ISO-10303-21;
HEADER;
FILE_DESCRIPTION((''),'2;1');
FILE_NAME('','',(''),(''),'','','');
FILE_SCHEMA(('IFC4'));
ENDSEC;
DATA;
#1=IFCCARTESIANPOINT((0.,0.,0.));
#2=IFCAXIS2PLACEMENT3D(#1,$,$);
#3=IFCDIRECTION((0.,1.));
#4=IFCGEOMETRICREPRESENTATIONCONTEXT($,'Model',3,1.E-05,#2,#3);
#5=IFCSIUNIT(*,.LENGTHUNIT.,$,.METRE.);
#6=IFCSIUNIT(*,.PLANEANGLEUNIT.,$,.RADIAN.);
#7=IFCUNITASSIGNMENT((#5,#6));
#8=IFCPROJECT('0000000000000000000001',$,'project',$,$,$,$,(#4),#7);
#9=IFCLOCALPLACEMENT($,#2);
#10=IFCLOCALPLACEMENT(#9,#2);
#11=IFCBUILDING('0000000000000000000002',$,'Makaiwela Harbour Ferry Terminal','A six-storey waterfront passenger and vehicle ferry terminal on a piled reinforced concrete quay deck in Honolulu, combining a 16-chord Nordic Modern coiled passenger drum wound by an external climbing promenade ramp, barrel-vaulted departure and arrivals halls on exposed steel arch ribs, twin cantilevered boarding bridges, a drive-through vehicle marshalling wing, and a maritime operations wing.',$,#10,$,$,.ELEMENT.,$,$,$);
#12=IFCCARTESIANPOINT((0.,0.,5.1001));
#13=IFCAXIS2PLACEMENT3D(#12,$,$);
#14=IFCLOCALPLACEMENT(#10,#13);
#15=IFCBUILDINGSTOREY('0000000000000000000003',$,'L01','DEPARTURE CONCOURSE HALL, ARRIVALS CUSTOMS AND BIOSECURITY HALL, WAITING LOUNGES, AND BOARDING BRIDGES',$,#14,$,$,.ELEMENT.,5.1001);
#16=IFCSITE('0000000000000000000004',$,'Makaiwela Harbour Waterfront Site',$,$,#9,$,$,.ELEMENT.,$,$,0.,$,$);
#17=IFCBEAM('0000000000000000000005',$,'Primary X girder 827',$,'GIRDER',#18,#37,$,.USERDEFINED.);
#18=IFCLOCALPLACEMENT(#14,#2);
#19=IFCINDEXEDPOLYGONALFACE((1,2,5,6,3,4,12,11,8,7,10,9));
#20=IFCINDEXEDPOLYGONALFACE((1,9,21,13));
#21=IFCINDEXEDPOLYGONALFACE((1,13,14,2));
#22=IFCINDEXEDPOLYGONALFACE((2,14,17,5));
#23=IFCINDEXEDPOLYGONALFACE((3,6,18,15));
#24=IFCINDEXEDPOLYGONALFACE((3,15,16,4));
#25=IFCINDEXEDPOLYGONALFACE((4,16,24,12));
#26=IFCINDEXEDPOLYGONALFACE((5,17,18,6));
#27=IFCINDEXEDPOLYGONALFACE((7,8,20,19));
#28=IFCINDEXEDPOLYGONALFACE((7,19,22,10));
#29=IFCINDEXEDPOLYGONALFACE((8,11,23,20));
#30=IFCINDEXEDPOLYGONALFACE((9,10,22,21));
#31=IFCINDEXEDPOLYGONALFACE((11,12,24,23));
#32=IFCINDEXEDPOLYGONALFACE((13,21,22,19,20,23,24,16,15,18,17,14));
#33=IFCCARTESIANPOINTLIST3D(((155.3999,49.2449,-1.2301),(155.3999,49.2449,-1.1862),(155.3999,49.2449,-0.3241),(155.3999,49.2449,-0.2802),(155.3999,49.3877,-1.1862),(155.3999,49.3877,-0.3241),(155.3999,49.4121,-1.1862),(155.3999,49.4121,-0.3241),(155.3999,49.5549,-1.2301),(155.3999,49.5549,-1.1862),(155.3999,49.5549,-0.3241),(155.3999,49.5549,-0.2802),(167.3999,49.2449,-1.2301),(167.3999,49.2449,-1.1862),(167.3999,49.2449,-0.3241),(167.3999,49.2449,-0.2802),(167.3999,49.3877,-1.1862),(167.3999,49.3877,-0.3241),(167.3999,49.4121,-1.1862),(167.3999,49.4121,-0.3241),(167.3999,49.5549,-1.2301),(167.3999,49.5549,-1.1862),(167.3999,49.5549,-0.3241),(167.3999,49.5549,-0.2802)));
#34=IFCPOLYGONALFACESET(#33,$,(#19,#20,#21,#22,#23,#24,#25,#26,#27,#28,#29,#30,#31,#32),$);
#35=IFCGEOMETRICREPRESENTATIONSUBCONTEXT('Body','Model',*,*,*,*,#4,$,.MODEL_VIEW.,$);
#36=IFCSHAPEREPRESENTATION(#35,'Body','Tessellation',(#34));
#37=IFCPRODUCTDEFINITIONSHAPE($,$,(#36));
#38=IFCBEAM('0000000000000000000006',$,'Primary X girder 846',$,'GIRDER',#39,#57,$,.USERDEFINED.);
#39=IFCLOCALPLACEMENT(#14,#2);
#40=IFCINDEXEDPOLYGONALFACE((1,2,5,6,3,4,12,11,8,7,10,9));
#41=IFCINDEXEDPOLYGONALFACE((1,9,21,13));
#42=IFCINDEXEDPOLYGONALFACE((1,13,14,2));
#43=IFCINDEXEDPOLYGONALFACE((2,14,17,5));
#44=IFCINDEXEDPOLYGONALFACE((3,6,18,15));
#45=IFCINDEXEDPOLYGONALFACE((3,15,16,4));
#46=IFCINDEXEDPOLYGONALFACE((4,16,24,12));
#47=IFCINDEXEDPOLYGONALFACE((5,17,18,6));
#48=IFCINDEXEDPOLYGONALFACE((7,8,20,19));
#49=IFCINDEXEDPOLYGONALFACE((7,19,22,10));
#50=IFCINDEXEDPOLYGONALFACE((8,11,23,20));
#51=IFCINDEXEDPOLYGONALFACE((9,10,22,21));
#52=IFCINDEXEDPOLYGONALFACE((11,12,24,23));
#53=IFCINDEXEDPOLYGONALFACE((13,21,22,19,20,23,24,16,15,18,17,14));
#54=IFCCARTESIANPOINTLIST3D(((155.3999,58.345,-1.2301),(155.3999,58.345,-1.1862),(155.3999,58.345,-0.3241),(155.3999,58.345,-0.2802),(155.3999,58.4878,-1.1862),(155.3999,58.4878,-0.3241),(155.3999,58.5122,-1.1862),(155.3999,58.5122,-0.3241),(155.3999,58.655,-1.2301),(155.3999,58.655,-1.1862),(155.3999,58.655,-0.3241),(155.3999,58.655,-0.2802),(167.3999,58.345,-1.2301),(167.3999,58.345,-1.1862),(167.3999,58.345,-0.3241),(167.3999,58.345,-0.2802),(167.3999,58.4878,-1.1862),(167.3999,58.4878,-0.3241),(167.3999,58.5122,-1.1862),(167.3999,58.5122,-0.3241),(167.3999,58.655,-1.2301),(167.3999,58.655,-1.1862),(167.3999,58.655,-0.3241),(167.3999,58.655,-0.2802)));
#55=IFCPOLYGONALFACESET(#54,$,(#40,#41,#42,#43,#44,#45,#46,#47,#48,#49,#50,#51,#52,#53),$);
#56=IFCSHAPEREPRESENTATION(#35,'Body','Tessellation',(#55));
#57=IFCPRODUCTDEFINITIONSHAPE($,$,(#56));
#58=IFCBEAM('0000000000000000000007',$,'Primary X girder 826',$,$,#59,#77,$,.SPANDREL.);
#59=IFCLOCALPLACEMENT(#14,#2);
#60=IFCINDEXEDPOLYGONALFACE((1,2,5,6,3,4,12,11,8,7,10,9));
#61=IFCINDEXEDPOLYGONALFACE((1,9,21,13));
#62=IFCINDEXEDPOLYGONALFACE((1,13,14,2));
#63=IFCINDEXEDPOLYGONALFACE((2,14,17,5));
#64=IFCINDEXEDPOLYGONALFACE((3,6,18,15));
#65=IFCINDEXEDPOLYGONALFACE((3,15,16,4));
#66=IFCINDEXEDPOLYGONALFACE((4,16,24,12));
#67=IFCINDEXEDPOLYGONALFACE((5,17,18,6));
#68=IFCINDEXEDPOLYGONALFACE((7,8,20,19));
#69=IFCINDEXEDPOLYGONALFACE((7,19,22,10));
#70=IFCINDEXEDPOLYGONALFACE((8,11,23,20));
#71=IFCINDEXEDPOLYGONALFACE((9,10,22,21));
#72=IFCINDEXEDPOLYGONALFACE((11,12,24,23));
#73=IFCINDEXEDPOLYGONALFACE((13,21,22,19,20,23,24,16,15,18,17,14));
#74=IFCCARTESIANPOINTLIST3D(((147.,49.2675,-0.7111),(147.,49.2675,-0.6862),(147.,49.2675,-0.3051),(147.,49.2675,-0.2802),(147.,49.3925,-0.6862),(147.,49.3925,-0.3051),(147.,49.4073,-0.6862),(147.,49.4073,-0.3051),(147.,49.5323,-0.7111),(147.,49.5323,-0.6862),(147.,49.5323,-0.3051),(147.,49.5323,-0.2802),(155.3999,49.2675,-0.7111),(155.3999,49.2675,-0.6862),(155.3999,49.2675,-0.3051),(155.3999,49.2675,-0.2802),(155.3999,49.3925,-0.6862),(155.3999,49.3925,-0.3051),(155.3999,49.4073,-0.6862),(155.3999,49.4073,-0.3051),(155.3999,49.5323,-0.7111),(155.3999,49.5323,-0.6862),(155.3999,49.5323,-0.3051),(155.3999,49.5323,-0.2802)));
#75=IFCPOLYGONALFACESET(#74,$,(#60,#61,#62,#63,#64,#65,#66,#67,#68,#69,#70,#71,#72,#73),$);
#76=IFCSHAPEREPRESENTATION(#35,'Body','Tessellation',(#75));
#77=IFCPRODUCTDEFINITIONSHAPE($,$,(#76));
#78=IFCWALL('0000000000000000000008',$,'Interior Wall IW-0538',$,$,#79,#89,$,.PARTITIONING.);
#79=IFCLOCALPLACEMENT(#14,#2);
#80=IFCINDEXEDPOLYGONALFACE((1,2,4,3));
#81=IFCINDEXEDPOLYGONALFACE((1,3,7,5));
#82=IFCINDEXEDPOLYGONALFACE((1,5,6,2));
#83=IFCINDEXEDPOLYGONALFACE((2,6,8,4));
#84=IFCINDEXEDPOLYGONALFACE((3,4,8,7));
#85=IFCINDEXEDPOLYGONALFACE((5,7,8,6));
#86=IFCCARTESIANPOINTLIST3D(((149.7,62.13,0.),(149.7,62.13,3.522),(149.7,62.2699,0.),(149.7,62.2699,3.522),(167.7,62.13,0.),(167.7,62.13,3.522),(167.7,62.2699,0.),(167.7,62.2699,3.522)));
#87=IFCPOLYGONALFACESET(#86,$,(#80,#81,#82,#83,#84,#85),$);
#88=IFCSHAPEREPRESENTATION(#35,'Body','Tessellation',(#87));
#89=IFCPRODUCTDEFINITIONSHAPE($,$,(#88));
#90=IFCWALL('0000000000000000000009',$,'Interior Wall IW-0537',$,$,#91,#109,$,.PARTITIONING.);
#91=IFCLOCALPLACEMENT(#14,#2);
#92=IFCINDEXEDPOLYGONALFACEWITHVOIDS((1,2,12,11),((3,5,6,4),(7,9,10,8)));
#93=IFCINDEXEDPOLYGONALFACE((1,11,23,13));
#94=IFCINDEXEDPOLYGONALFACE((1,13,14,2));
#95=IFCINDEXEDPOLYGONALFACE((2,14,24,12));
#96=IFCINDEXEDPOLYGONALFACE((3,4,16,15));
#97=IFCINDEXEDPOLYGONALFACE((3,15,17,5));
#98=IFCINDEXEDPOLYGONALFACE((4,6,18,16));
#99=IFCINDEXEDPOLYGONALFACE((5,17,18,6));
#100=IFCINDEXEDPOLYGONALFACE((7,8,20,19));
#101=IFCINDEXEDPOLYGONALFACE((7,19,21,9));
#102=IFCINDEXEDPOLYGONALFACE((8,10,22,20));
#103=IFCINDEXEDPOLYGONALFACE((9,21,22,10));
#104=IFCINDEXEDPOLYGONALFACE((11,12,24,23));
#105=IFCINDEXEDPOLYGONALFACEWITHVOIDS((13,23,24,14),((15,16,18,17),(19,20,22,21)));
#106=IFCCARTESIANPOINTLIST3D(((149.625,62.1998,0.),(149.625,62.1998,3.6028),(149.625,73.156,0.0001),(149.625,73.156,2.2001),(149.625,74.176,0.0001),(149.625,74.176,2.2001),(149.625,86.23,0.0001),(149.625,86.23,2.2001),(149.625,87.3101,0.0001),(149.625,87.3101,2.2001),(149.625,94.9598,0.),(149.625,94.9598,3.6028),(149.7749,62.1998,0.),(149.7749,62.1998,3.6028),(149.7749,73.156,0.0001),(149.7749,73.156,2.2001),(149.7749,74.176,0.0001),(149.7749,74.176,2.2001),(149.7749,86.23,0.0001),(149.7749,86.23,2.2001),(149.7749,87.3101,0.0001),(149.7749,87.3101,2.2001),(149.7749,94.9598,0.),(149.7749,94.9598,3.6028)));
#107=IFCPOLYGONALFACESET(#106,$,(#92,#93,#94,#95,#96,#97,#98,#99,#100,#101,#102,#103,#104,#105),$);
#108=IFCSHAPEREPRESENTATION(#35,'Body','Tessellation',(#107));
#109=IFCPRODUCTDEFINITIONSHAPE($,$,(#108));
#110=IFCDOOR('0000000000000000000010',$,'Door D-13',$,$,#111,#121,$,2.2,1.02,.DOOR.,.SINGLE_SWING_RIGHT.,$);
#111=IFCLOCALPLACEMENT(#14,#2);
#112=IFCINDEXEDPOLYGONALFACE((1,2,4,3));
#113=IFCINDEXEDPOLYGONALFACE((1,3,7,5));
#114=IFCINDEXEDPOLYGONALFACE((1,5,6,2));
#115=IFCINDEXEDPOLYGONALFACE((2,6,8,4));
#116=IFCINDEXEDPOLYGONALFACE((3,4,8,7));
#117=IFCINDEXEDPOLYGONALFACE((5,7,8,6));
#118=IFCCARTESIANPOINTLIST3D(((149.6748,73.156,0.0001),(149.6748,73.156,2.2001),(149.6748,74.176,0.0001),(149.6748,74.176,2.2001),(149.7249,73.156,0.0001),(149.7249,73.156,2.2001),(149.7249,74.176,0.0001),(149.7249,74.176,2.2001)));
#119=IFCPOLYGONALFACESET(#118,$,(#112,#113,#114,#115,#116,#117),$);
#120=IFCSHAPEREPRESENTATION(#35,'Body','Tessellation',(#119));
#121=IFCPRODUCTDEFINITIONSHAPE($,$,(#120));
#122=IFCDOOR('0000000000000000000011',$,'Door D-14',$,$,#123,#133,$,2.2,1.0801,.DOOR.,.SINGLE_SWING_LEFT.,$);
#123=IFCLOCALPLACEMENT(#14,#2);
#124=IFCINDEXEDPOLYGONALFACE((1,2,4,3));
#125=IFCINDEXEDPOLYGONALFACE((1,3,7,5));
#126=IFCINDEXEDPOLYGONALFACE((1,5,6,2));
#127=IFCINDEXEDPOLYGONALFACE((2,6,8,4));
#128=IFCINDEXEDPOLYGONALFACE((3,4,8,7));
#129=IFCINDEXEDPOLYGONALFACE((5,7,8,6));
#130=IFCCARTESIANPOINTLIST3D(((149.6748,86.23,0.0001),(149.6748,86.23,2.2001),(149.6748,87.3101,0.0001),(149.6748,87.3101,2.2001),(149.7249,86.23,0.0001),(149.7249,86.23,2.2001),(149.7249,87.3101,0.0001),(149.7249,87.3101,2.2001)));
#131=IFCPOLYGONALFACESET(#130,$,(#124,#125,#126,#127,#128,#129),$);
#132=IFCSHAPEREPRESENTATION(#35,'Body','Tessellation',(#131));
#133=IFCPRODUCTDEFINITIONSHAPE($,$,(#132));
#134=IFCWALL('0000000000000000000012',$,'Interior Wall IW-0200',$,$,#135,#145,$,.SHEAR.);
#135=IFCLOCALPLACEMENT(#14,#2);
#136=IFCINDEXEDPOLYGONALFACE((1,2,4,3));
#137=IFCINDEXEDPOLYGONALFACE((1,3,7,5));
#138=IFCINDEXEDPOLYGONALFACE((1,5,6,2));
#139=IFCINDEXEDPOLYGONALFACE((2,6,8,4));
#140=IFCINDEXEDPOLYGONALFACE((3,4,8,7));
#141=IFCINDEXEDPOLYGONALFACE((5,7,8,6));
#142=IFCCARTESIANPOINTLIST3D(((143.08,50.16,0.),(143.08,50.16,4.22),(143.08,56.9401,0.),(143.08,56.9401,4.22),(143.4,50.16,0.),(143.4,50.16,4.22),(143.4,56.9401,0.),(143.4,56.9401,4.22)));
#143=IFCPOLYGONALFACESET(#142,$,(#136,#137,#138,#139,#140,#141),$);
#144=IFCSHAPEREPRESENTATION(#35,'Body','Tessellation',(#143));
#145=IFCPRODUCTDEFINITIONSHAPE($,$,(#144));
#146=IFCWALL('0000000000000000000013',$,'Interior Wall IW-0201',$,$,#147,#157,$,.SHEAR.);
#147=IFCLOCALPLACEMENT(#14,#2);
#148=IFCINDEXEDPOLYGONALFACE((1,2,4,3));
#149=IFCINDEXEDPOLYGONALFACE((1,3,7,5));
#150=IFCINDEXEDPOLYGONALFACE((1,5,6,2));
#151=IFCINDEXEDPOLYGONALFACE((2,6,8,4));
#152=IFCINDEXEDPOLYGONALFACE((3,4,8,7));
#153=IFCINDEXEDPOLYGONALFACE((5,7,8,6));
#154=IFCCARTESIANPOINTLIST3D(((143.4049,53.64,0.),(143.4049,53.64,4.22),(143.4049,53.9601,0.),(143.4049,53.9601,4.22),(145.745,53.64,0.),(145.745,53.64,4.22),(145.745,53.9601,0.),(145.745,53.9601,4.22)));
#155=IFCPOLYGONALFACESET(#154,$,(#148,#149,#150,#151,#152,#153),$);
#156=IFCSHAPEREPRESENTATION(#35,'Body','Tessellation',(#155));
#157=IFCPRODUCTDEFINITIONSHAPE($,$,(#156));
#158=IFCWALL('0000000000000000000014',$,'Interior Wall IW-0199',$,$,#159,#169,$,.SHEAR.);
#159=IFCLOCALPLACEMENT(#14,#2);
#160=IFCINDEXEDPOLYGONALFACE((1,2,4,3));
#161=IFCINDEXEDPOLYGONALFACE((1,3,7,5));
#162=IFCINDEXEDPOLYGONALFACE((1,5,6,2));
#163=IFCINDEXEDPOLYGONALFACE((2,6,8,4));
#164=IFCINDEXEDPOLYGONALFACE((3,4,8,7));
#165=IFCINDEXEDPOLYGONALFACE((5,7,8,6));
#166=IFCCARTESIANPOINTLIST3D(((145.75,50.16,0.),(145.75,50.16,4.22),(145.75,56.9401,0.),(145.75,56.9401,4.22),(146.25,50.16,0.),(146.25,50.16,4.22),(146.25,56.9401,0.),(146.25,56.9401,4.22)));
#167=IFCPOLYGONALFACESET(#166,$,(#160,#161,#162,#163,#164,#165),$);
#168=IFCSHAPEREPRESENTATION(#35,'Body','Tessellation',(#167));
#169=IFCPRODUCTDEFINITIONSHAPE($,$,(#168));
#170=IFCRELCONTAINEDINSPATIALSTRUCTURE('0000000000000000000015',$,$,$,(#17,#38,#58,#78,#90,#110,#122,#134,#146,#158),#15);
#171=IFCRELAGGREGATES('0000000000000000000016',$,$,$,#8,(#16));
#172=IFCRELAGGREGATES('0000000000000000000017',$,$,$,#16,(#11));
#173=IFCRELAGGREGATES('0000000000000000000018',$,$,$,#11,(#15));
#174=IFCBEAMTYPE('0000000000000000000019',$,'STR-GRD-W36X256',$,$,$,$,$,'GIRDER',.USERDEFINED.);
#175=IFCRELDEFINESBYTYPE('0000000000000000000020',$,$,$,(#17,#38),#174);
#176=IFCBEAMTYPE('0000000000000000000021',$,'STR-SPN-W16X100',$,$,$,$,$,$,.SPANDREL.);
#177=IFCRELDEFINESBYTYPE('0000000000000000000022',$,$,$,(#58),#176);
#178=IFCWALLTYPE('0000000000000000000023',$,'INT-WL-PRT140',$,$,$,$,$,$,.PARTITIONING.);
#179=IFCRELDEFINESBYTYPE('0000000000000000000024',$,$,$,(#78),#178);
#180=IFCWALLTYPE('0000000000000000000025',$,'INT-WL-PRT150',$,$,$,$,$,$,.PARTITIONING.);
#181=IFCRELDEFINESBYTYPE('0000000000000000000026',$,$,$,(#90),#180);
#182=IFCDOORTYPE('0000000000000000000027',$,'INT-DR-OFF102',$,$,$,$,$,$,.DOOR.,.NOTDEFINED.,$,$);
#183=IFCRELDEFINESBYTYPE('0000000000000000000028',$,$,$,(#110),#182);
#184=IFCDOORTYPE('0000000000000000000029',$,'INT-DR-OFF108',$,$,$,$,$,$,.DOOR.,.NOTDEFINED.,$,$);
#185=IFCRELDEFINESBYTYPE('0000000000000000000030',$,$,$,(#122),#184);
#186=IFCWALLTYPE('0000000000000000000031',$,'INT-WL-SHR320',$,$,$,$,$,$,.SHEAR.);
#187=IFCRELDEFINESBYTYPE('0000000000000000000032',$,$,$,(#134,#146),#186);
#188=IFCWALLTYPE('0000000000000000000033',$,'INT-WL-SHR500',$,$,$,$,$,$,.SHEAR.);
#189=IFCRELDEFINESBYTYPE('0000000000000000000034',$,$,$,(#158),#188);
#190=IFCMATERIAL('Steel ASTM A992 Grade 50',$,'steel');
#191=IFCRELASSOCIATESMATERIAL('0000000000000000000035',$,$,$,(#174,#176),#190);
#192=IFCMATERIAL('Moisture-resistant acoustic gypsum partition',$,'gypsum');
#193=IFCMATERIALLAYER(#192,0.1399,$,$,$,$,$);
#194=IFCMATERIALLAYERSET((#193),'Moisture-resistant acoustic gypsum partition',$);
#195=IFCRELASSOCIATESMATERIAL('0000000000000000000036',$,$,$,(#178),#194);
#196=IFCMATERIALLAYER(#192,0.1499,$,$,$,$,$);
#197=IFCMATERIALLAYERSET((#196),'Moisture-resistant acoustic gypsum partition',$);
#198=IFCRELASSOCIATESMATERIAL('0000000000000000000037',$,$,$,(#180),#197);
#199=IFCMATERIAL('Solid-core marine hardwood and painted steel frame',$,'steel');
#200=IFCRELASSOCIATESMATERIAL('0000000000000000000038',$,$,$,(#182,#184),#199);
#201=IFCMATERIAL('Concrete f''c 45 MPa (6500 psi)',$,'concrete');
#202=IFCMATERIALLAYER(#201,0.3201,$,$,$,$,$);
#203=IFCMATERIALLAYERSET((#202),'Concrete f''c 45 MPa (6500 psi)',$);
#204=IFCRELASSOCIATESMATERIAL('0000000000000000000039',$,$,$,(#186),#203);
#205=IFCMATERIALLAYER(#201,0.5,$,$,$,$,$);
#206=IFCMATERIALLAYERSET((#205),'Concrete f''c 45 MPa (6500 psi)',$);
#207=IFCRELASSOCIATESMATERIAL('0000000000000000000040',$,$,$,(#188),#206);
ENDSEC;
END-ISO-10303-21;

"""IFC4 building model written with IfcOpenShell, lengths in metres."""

from ifc_helpers import new_model, si_unit, direction, frame, frame_2d, origin, origin_2d, place, context, subcontext, project, spatial, rectangle, i_section, extrude, material, layer, layer_set, material_profile, profile_set, type_object, element, fill, save


model = new_model("IFC4")

# Units and contexts
model_context = context("Model", 3, precision=1e-05, world=origin(), true_north=direction((0.0, 1.0)))
body_context = subcontext(model_context, "Body", "Model", "MODEL_VIEW")
ifc_project = project(units=[si_unit("LENGTHUNIT", "METRE"), si_unit("PLANEANGLEUNIT", "RADIAN")], contexts=[model_context])

# Site, building, storey
site_placement = place(None, origin())
site = spatial("IfcSite", under=ifc_project, at=site_placement, Name="Makaiwela Harbour Waterfront Site", CompositionType="ELEMENT", RefElevation=0.0)
building_placement = place(site_placement, origin())
building = spatial("IfcBuilding", under=site, at=building_placement, Name="Makaiwela Harbour Ferry Terminal", Description="A six-storey waterfront passenger and vehicle ferry terminal on a piled reinforced concrete quay deck in Honolulu, combining a 16-chord Nordic Modern coiled passenger drum wound by an external climbing promenade ramp, barrel-vaulted departure and arrivals halls on exposed steel arch ribs, twin cantilevered boarding bridges, a drive-through vehicle marshalling wing, and a maritime operations wing.", CompositionType="ELEMENT")
storey_placement = place(building_placement, frame((0.0, 0.0, 5.1001)))
storey = spatial("IfcBuildingStorey", under=building, at=storey_placement, Name="L01", Description="DEPARTURE CONCOURSE HALL, ARRIVALS CUSTOMS AND BIOSECURITY HALL, WAITING LOUNGES, AND BOARDING BRIDGES", CompositionType="ELEMENT", Elevation=5.1001)

# Shared definitions
ifc_material_1 = material(Name="Steel ASTM A992 Grade 50", Category="steel")

# Beams
ifc_material_profile_1 = material_profile(ifc_material_1, i_section(OverallWidth=0.3101, OverallDepth=0.95, WebThickness=0.0244, FlangeThickness=0.0439, at=origin_2d()), Name="W36X256")
ifc_profile_set_1 = profile_set([ifc_material_profile_1], Name="Steel ASTM A992 Grade 50")
beam_type_1 = type_object("IfcBeamType", Name="STR-GRD-W36X256", ElementType="GIRDER", PredefinedType="USERDEFINED", material=ifc_profile_set_1)
for number, where, z_axis, x_axis, name in (
    (1, (155.3999, 49.3999, -0.7551), (1.0, 0.0, 0.0), (0.0, 1.0, 0.0), "Primary X girder 827"),
    (2, (155.3999, 58.5, -0.7551), (1.0, 0.0, 0.0), (0.0, 1.0, 0.0), "Primary X girder 846"),
):
    element("IfcBeam", number, at=place(storey_placement, frame(where, z_axis=z_axis, x_axis=x_axis)), inside=storey, type_object=beam_type_1, Name=name, ObjectType="GIRDER", PredefinedType="USERDEFINED", context=body_context, shape_type="SweptSolid", body=[
        extrude(i_section(OverallWidth=0.3101, OverallDepth=0.95, WebThickness=0.0244, FlangeThickness=0.0439, at=origin_2d()), origin(), (0.0, 0.0, 1.0), 12.0),
    ])
ifc_material_profile_2 = material_profile(ifc_material_1, i_section(OverallWidth=0.2649, OverallDepth=0.4309, WebThickness=0.0149, FlangeThickness=0.0249, at=origin_2d()), Name="W16X100")
ifc_profile_set_2 = profile_set([ifc_material_profile_2], Name="Steel ASTM A992 Grade 50")
beam_type_2 = type_object("IfcBeamType", Name="STR-SPN-W16X100", PredefinedType="SPANDREL", material=ifc_profile_set_2)
beam_1_placement = place(storey_placement, frame((147.0, 49.3999, -0.4956), z_axis=(1.0, 0.0, 0.0), x_axis=(0.0, 1.0, 0.0)))
element("IfcBeam", 3, at=beam_1_placement, inside=storey, type_object=beam_type_2, Name="Primary X girder 826", PredefinedType="SPANDREL", context=body_context, shape_type="SweptSolid", body=[
    extrude(i_section(OverallWidth=0.2649, OverallDepth=0.4309, WebThickness=0.0149, FlangeThickness=0.0249, at=origin_2d()), origin(), (0.0, 0.0, 1.0), 8.3999),
])

# Wall
ifc_material_2 = material(Name="Moisture-resistant acoustic gypsum partition", Category="gypsum")
ifc_layer_1 = layer(ifc_material_2, 0.1399)
ifc_layer_set_1 = layer_set([ifc_layer_1], Name="Moisture-resistant acoustic gypsum partition")
wall_type_1 = type_object("IfcWallType", Name="INT-WL-PRT140", PredefinedType="PARTITIONING", material=ifc_layer_set_1)
wall_1_placement = place(storey_placement, frame((149.7, 62.2, 0.0), z_axis=(0.0, 0.0, 1.0), x_axis=(1.0, 0.0, 0.0)))
element("IfcWall", 4, at=wall_1_placement, inside=storey, type_object=wall_type_1, Name="Interior Wall IW-0538", PredefinedType="PARTITIONING", context=body_context, shape_type="SweptSolid", body=[
    extrude(rectangle(XDim=18.0, YDim=0.1399, at=frame_2d((9.0, 0.0))), origin(), (0.0, 0.0, 1.0), 3.522),
])

# Wall, openings, doors
ifc_layer_2 = layer(ifc_material_2, 0.1499)
ifc_layer_set_2 = layer_set([ifc_layer_2], Name="Moisture-resistant acoustic gypsum partition")
wall_type_2 = type_object("IfcWallType", Name="INT-WL-PRT150", PredefinedType="PARTITIONING", material=ifc_layer_set_2)
wall_2_placement = place(storey_placement, frame((149.7, 62.2, 0.0), z_axis=(0.0, 0.0, 1.0), x_axis=(0.0, 1.0, 0.0)))
wall_2 = element("IfcWall", 5, at=wall_2_placement, inside=storey, type_object=wall_type_2, Name="Interior Wall IW-0537", PredefinedType="PARTITIONING", context=body_context, shape_type="SweptSolid", body=[
    extrude(rectangle(XDim=32.76, YDim=0.1499, at=frame_2d((16.3799, 0.0))), origin(), (0.0, 0.0, 1.0), 3.6028),
])
opening_1_placement = place(wall_2_placement, frame((10.9561, 0.0, 0.0)))
opening_1 = element("IfcOpeningElement", 6, at=opening_1_placement, cuts=wall_2, PredefinedType="OPENING", context=body_context, shape_type="SweptSolid", body=[
    extrude(rectangle(XDim=1.02, YDim=2.2, at=frame_2d((0.51, 1.1001))), frame((0.0, 0.085, 0.0), z_axis=(0.0, -1.0, 0.0), x_axis=(1.0, 0.0, 0.0)), (0.0, 0.0, 1.0), 0.1699),
])
opening_2_placement = place(wall_2_placement, frame((24.03, 0.0, 0.0)))
opening_2 = element("IfcOpeningElement", 7, at=opening_2_placement, cuts=wall_2, PredefinedType="OPENING", context=body_context, shape_type="SweptSolid", body=[
    extrude(rectangle(XDim=1.0801, YDim=2.2, at=frame_2d((0.54, 1.1001))), frame((0.0, 0.085, 0.0), z_axis=(0.0, -1.0, 0.0), x_axis=(1.0, 0.0, 0.0)), (0.0, 0.0, 1.0), 0.1699),
])
ifc_material_3 = material(Name="Solid-core marine hardwood and painted steel frame", Category="steel")
door_type_1 = type_object("IfcDoorType", Name="INT-DR-OFF102", OperationType="NOTDEFINED", PredefinedType="DOOR", material=ifc_material_3)
door_1_placement = place(opening_1_placement, frame((1.02, 0.0, 0.0), z_axis=(0.0, 0.0, 1.0), x_axis=(-1.0, 0.0, 0.0)))
door_1 = element("IfcDoor", 8, at=door_1_placement, inside=storey, type_object=door_type_1, Name="Door D-13", OperationType="SINGLE_SWING_RIGHT", OverallHeight=2.2, OverallWidth=1.02, PredefinedType="DOOR", context=body_context, shape_type="SweptSolid", body=[
    extrude(rectangle(XDim=1.02, YDim=2.2, at=frame_2d((0.51, 1.1001))), frame((0.0, 0.0249, 0.0), z_axis=(0.0, -1.0, 0.0), x_axis=(1.0, 0.0, 0.0)), (0.0, 0.0, 1.0), 0.05),
])
fill(opening_1, door_1)
door_type_2 = type_object("IfcDoorType", Name="INT-DR-OFF108", OperationType="NOTDEFINED", PredefinedType="DOOR", material=ifc_material_3)
door_2_placement = place(opening_2_placement, frame((1.0801, 0.0, 0.0), z_axis=(0.0, 0.0, 1.0), x_axis=(-1.0, 0.0, 0.0)))
door_2 = element("IfcDoor", 9, at=door_2_placement, inside=storey, type_object=door_type_2, Name="Door D-14", OperationType="SINGLE_SWING_LEFT", OverallHeight=2.2, OverallWidth=1.0801, PredefinedType="DOOR", context=body_context, shape_type="SweptSolid", body=[
    extrude(rectangle(XDim=1.0801, YDim=2.2, at=frame_2d((0.54, 1.1001))), frame((0.0, 0.0249, 0.0), z_axis=(0.0, -1.0, 0.0), x_axis=(1.0, 0.0, 0.0)), (0.0, 0.0, 1.0), 0.05),
])
fill(opening_2, door_2)

# Walls
ifc_material_4 = material(Name="Concrete f'c 45 MPa (6500 psi)", Category="concrete")
ifc_layer_3 = layer(ifc_material_4, 0.3201)
ifc_layer_set_3 = layer_set([ifc_layer_3], Name="Concrete f'c 45 MPa (6500 psi)")
wall_type_3 = type_object("IfcWallType", Name="INT-WL-SHR320", PredefinedType="SHEAR", material=ifc_layer_set_3)
wall_3_placement = place(storey_placement, frame((143.24, 50.1599, 0.0), z_axis=(0.0, 0.0, 1.0), x_axis=(0.0, 1.0, 0.0)))
element("IfcWall", 10, at=wall_3_placement, inside=storey, type_object=wall_type_3, Name="Interior Wall IW-0200", PredefinedType="SHEAR", context=body_context, shape_type="SweptSolid", body=[
    extrude(rectangle(XDim=6.78, YDim=0.3201, at=frame_2d((3.3901, 0.0))), origin(), (0.0, 0.0, 1.0), 4.22),
])
wall_4_placement = place(storey_placement, frame((143.405, 53.8, 0.0), z_axis=(0.0, 0.0, 1.0), x_axis=(1.0, 0.0, 0.0)))
element("IfcWall", 11, at=wall_4_placement, inside=storey, type_object=wall_type_3, Name="Interior Wall IW-0201", PredefinedType="SHEAR", context=body_context, shape_type="SweptSolid", body=[
    extrude(rectangle(XDim=2.3401, YDim=0.3201, at=frame_2d((1.1699, 0.0))), origin(), (0.0, 0.0, 1.0), 4.22),
])
ifc_layer_4 = layer(ifc_material_4, 0.5)
ifc_layer_set_4 = layer_set([ifc_layer_4], Name="Concrete f'c 45 MPa (6500 psi)")
wall_type_4 = type_object("IfcWallType", Name="INT-WL-SHR500", PredefinedType="SHEAR", material=ifc_layer_set_4)
wall_5_placement = place(storey_placement, frame((146.0, 50.1599, 0.0), z_axis=(0.0, 0.0, 1.0), x_axis=(0.0, 1.0, 0.0)))
element("IfcWall", 12, at=wall_5_placement, inside=storey, type_object=wall_type_4, Name="Interior Wall IW-0199", PredefinedType="SHEAR", context=body_context, shape_type="SweptSolid", body=[
    extrude(rectangle(XDim=6.78, YDim=0.5, at=frame_2d((3.3901, 0.0))), origin(), (0.0, 0.0, 1.0), 4.22),
])

save(model, "model.ifc")
